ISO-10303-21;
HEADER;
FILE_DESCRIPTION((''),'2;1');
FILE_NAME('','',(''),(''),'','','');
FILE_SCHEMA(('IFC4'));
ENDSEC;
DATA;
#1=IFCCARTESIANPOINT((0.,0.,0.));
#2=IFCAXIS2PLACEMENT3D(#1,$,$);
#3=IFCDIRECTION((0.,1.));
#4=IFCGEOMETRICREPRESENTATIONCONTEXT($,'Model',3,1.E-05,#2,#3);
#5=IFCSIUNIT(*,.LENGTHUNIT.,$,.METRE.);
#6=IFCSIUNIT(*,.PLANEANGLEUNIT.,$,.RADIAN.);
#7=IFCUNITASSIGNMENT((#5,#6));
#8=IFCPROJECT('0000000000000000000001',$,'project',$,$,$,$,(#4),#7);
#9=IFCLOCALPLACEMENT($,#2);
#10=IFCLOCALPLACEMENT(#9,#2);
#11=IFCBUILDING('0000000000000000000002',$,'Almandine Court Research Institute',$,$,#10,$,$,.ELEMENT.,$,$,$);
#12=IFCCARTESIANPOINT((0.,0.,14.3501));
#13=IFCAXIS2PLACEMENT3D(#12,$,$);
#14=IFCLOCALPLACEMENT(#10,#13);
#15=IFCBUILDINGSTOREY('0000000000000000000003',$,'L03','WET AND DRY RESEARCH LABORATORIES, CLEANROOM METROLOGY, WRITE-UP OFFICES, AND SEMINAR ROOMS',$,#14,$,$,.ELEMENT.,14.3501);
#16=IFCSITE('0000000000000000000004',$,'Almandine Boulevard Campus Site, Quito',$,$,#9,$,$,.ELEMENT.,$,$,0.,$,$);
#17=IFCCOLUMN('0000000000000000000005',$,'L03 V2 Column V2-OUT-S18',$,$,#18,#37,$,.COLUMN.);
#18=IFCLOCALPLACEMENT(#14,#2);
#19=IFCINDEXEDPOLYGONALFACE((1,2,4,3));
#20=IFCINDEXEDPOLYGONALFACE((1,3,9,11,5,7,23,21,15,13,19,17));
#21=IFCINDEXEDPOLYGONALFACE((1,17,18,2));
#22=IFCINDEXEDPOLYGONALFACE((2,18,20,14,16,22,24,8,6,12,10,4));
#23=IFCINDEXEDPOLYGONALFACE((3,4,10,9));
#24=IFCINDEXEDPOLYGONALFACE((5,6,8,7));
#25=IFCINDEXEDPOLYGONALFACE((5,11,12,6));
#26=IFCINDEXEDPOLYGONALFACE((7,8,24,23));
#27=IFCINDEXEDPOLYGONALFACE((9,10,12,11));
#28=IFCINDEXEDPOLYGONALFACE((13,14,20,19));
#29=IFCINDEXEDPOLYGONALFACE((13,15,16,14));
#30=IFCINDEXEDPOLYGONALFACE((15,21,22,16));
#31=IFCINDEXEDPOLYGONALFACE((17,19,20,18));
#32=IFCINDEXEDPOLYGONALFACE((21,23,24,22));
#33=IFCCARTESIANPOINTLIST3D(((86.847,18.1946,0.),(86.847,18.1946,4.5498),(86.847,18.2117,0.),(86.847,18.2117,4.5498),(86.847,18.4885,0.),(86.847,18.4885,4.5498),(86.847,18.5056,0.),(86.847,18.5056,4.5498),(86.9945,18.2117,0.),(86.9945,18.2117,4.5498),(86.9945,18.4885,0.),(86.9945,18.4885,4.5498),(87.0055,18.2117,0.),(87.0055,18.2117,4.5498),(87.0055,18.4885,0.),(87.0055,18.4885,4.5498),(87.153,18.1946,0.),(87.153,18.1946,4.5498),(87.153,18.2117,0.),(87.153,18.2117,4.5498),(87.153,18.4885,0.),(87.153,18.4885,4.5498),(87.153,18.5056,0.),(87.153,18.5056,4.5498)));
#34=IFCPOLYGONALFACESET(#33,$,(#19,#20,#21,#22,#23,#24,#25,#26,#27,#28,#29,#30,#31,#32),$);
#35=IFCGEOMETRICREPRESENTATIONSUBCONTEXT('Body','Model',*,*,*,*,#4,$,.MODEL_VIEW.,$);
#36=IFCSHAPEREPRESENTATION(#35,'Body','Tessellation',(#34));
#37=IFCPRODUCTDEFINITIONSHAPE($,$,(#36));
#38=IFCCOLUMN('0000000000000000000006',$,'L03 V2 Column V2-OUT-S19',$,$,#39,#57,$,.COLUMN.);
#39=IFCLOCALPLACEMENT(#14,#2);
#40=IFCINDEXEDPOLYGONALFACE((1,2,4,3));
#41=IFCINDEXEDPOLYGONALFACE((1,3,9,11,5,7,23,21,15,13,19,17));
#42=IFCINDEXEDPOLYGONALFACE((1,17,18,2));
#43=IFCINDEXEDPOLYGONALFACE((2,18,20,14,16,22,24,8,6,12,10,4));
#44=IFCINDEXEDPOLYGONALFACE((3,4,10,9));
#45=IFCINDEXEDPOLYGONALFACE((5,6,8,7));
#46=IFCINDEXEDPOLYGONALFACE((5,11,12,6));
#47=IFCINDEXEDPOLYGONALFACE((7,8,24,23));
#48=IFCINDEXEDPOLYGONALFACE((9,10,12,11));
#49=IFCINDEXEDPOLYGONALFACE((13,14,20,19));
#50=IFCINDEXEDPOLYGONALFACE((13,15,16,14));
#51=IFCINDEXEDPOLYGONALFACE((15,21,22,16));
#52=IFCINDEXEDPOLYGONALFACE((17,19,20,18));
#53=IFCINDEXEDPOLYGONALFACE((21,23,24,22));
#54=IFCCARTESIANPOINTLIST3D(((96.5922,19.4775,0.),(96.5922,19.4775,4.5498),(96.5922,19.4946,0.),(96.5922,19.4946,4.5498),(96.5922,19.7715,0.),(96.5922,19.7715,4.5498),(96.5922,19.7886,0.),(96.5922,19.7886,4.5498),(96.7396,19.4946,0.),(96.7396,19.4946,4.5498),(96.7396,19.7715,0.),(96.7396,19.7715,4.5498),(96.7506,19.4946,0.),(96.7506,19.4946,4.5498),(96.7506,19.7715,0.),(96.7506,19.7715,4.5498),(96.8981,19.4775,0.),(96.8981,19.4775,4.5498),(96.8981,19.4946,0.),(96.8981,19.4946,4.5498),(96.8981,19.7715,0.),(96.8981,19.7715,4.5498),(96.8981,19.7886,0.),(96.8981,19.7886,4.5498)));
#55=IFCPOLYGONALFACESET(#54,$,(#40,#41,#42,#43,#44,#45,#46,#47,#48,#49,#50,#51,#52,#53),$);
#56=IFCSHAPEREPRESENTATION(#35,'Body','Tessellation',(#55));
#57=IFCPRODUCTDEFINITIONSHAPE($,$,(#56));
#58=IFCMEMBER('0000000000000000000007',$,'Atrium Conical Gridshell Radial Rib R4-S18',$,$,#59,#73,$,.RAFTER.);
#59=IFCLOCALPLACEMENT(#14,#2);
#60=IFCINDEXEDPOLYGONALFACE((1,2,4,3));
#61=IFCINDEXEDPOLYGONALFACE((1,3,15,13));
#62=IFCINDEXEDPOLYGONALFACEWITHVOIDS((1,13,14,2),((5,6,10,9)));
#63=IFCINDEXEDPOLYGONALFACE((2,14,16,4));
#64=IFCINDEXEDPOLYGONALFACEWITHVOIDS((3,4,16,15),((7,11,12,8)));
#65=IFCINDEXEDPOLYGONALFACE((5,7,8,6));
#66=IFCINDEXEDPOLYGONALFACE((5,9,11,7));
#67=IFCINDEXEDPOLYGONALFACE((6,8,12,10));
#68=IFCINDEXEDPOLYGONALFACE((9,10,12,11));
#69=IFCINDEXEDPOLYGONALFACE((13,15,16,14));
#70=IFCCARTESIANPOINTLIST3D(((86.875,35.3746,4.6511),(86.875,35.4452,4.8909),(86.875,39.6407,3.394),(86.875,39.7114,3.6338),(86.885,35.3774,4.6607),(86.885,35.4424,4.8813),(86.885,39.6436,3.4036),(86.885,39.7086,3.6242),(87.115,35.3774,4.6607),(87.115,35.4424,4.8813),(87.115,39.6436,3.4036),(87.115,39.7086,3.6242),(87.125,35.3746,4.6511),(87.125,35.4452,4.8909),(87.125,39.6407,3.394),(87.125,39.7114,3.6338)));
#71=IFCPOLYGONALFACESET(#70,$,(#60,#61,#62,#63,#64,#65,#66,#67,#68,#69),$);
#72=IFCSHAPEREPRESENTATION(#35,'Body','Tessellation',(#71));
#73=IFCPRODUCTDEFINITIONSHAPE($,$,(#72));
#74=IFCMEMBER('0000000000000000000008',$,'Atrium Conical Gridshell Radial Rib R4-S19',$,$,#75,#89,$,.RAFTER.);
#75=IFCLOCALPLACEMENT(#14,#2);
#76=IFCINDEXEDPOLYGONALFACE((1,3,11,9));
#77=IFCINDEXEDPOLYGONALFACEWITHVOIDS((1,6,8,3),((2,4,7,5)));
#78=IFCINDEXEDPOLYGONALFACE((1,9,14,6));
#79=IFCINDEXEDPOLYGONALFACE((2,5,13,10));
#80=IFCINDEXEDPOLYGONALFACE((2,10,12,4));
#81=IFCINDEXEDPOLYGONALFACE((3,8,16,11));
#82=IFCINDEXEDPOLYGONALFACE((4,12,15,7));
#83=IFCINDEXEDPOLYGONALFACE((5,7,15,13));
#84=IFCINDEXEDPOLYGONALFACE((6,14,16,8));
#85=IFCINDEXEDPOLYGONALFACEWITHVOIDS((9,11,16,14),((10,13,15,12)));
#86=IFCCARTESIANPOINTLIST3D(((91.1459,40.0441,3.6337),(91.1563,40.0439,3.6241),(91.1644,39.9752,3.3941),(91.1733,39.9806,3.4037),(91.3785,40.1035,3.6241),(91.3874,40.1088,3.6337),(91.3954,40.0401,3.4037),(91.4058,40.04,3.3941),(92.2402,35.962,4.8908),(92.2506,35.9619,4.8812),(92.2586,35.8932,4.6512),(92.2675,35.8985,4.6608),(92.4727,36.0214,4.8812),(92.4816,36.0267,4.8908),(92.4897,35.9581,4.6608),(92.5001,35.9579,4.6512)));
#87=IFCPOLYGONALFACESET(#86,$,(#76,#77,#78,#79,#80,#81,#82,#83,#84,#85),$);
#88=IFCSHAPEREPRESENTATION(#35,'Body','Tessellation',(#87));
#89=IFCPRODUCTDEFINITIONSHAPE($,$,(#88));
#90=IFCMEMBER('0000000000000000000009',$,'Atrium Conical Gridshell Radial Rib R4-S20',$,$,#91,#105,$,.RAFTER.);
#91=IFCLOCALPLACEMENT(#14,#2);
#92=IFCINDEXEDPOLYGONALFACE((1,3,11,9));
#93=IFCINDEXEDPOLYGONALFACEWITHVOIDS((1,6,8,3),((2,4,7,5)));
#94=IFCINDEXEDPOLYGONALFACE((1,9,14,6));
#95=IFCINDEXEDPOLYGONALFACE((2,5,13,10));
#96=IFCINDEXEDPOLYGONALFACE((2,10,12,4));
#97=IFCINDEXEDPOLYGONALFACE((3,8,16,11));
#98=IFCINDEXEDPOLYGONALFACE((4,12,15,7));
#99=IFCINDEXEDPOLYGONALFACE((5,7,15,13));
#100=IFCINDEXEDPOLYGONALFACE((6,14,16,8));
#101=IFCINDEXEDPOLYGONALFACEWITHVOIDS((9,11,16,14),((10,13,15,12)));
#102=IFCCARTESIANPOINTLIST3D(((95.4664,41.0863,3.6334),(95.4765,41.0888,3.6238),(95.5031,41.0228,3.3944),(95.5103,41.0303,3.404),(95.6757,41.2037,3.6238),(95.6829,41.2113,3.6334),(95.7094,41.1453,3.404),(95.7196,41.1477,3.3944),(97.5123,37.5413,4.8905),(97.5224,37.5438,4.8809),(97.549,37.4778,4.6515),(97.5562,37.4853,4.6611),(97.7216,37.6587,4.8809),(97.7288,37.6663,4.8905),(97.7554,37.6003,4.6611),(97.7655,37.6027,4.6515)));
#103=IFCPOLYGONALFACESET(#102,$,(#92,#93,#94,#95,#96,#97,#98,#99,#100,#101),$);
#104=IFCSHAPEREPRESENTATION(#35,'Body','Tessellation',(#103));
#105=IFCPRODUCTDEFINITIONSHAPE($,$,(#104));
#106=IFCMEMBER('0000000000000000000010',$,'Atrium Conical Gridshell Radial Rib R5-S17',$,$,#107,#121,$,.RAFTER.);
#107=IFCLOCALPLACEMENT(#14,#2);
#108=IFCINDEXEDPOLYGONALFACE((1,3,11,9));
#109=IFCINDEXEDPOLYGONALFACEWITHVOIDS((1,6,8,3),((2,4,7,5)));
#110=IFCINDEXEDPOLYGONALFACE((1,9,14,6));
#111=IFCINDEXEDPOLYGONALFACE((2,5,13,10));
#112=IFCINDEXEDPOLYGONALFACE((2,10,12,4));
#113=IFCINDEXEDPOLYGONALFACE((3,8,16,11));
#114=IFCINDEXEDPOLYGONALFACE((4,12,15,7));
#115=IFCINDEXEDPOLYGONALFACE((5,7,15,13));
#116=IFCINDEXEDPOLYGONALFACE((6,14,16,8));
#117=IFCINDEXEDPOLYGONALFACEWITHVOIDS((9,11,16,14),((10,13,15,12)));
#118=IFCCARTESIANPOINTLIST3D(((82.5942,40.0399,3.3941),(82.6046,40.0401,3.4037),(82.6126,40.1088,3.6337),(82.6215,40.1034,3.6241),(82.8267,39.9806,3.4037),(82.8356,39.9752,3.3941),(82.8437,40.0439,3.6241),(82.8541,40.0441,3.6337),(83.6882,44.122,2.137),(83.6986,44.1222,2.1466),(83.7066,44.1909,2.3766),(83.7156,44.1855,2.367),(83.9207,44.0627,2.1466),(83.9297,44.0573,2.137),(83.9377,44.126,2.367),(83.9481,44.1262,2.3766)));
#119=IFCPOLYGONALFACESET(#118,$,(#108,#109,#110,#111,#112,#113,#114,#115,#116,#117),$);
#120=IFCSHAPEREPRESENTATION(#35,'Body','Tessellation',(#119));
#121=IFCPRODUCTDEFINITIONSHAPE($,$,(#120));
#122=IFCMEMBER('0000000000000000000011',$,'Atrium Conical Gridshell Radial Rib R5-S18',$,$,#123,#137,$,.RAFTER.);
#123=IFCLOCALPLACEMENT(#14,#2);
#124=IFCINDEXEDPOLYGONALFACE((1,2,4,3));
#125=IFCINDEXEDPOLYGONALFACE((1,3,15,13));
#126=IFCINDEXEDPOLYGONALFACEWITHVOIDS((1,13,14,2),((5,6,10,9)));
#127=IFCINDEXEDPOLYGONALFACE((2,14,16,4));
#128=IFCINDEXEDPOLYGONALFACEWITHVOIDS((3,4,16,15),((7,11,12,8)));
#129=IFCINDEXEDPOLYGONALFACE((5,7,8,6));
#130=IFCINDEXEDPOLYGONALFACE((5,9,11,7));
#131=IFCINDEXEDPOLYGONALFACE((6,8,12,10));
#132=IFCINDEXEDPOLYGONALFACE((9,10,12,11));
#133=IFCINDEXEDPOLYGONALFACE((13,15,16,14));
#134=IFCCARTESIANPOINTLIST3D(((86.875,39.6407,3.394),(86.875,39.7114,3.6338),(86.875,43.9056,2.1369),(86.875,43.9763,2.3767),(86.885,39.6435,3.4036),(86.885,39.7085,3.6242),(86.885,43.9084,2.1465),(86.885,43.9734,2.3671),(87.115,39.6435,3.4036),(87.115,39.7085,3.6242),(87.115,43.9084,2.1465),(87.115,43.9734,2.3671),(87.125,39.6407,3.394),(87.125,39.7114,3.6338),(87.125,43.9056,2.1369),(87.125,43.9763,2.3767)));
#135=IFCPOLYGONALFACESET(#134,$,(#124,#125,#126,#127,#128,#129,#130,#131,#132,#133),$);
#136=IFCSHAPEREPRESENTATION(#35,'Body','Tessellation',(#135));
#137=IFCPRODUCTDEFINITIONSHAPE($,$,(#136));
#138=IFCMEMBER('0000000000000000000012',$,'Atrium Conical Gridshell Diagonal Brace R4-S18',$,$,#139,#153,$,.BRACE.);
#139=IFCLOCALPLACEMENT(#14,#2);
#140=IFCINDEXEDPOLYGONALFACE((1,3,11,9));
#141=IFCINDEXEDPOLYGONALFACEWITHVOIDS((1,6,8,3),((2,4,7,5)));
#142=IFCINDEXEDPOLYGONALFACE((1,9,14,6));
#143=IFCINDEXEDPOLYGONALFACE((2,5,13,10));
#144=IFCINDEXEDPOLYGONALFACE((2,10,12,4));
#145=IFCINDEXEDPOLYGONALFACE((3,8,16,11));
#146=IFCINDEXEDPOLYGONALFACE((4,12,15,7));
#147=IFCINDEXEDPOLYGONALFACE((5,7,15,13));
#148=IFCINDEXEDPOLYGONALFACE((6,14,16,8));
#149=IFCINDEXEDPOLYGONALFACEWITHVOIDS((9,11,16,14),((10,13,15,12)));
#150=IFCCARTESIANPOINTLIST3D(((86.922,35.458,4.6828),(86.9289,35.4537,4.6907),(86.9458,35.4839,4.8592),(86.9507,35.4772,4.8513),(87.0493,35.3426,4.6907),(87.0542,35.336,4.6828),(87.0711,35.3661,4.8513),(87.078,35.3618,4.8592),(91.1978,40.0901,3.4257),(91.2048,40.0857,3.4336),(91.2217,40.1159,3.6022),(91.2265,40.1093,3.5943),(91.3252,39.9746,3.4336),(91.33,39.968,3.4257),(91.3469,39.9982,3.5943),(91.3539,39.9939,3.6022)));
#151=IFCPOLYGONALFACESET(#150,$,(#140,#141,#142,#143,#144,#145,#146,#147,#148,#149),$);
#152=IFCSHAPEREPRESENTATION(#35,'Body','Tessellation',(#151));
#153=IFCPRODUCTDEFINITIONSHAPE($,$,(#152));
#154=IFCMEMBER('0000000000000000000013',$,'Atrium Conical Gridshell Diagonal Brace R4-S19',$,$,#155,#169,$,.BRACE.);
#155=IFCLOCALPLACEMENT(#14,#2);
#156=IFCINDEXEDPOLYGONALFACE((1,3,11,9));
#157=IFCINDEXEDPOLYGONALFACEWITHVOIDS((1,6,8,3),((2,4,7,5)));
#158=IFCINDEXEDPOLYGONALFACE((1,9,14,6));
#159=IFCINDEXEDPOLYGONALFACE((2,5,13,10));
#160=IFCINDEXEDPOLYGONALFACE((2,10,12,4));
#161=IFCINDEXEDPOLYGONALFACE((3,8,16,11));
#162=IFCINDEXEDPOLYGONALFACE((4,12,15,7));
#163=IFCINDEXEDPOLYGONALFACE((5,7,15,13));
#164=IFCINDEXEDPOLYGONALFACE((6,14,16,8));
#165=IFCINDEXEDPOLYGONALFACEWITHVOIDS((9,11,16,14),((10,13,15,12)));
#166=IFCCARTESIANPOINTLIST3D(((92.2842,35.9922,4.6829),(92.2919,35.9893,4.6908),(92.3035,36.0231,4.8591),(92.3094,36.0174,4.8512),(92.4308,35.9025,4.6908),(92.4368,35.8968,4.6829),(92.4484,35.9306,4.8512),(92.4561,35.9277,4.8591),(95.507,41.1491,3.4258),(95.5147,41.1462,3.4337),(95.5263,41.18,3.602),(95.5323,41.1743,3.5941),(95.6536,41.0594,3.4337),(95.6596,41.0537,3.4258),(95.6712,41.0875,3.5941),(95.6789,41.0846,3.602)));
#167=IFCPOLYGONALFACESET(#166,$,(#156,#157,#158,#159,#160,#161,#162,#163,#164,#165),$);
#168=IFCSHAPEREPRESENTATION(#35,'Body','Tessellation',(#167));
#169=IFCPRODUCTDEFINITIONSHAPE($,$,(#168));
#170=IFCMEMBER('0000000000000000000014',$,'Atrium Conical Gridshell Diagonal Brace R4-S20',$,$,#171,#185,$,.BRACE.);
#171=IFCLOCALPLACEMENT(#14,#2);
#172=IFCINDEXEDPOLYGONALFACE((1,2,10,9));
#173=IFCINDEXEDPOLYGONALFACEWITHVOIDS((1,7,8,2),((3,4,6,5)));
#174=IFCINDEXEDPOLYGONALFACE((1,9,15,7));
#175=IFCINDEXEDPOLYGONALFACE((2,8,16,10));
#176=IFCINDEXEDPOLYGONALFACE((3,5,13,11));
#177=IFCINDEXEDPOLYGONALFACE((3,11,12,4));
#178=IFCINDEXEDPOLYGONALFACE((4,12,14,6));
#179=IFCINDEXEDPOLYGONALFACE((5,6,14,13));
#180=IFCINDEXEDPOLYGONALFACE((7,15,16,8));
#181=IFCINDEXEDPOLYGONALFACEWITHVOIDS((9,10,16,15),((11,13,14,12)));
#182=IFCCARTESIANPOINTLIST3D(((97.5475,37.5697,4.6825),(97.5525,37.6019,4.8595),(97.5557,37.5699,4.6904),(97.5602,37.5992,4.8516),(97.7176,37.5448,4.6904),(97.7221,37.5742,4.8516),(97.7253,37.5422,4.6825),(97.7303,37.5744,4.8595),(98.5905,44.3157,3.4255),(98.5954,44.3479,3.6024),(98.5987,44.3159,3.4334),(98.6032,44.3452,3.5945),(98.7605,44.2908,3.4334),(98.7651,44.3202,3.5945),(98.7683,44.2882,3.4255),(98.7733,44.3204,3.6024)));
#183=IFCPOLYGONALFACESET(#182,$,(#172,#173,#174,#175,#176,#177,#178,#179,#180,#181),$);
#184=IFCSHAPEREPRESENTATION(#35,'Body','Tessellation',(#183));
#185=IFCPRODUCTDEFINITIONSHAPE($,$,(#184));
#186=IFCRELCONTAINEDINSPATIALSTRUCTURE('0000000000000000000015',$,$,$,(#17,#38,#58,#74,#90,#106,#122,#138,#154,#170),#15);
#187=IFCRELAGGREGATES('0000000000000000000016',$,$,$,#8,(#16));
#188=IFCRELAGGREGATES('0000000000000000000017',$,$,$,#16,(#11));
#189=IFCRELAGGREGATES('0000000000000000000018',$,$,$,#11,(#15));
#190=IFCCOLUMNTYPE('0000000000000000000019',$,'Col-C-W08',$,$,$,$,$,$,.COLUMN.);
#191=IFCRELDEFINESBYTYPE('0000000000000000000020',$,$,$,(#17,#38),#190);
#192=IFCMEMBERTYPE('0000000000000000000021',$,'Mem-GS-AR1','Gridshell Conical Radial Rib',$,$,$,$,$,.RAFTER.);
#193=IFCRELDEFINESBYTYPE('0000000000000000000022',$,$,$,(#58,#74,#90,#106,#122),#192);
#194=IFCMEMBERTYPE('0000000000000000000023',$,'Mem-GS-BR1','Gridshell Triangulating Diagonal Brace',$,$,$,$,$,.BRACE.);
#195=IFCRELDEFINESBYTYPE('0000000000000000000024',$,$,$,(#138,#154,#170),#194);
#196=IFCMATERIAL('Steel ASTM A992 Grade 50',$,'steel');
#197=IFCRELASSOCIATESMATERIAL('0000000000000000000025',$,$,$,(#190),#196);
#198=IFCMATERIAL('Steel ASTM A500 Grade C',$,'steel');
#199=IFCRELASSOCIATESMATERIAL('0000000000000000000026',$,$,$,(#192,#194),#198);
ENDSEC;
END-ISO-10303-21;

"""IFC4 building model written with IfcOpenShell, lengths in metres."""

from ifc_helpers import new_model, si_unit, direction, frame, origin, origin_2d, place, context, subcontext, project, spatial, hollow_rectangle, i_section, extrude, material, material_profile, profile_set, type_object, element, save


model = new_model("IFC4")

# Units and contexts
model_context = context("Model", 3, precision=1e-05, world=origin(), true_north=direction((0.0, 1.0)))
body_context = subcontext(model_context, "Body", "Model", "MODEL_VIEW")
ifc_project = project(units=[si_unit("LENGTHUNIT", "METRE"), si_unit("PLANEANGLEUNIT", "RADIAN")], contexts=[model_context])

# Site, building, storey
site_placement = place(None, origin())
site = spatial("IfcSite", under=ifc_project, at=site_placement, Name="Almandine Boulevard Campus Site, Quito", CompositionType="ELEMENT", RefElevation=0.0)
building_placement = place(site_placement, origin())
building = spatial("IfcBuilding", under=site, at=building_placement, Name="Almandine Court Research Institute", CompositionType="ELEMENT")
storey_placement = place(building_placement, frame((0.0, 0.0, 14.3501)))
storey = spatial("IfcBuildingStorey", under=building, at=storey_placement, Name="L03", Description="WET AND DRY RESEARCH LABORATORIES, CLEANROOM METROLOGY, WRITE-UP OFFICES, AND SEMINAR ROOMS", CompositionType="ELEMENT", Elevation=14.3501)

# Columns
ifc_material_1 = material(Name="Steel ASTM A992 Grade 50", Category="steel")
ifc_material_profile_1 = material_profile(ifc_material_1, i_section(OverallWidth=0.3059, OverallDepth=0.311, WebThickness=0.011, FlangeThickness=0.0171, at=origin_2d()), Name="W310x107")
ifc_profile_set_1 = profile_set([ifc_material_profile_1], Name="Steel ASTM A992 Grade 50")
column_type = type_object("IfcColumnType", Name="Col-C-W08", PredefinedType="COLUMN", material=ifc_profile_set_1)
for number, where, z_axis, x_axis, name in (
    (1, (87.0, 18.3501, 0.0), (0.0, 0.0, 1.0), (1.0, 0.0, 0.0), "L03 V2 Column V2-OUT-S18"),
    (2, (96.7451, 19.6331, 0.0), (0.0, 0.0, 1.0), (1.0, 0.0, 0.0), "L03 V2 Column V2-OUT-S19"),
):
    element("IfcColumn", number, at=place(storey_placement, frame(where, z_axis=z_axis, x_axis=x_axis)), inside=storey, type_object=column_type, Name=name, PredefinedType="COLUMN", context=body_context, shape_type="SweptSolid", body=[
        extrude(i_section(OverallWidth=0.3059, OverallDepth=0.311, WebThickness=0.011, FlangeThickness=0.0171, at=origin_2d()), origin(), (0.0, 0.0, 1.0), 4.5498),
    ])

# Members
ifc_material_2 = material(Name="Steel ASTM A500 Grade C", Category="steel")
ifc_material_profile_2 = material_profile(ifc_material_2, hollow_rectangle(XDim=0.25, YDim=0.25, WallThickness=0.01, at=origin_2d()), Name="HSS 250x250x10")
ifc_profile_set_2 = profile_set([ifc_material_profile_2], Name="Steel ASTM A500 Grade C")
member_type_1 = type_object("IfcMemberType", Name="Mem-GS-AR1", Description="Gridshell Conical Radial Rib", PredefinedType="RAFTER", material=ifc_profile_set_2)
member_1_placement = place(storey_placement, frame((87.0, 35.4099, 4.771), z_axis=(0.0, 0.959223, -0.282651), x_axis=(-1.0, 0.0, 0.0)))
element("IfcMember", 3, at=member_1_placement, inside=storey, type_object=member_type_1, Name="Atrium Conical Gridshell Radial Rib R4-S18", PredefinedType="RAFTER", context=body_context, shape_type="SweptSolid", body=[
    extrude(hollow_rectangle(XDim=0.25, YDim=0.25, WallThickness=0.01, at=origin_2d()), origin(), (0.0, 0.0, 1.0), 4.4475),
])
member_2_placement = place(storey_placement, frame((92.3701, 35.96, 4.771), z_axis=(-0.248175, 0.92581, -0.285107), x_axis=(-0.965899, -0.258921, 0.0)))
element("IfcMember", 4, at=member_2_placement, inside=storey, type_object=member_type_1, Name="Atrium Conical Gridshell Radial Rib R4-S19", PredefinedType="RAFTER", context=body_context, shape_type="SweptSolid", body=[
    extrude(hollow_rectangle(XDim=0.25, YDim=0.25, WallThickness=0.01, at=origin_2d()), origin(), (0.0, 0.0, 1.0), 4.4092),
])
member_3_placement = place(storey_placement, frame((97.6389, 37.572, 4.771), z_axis=(-0.477831, 0.827936, -0.293598), x_axis=(-0.866106, -0.49986, 0.0)))
element("IfcMember", 5, at=member_3_placement, inside=storey, type_object=member_type_1, Name="Atrium Conical Gridshell Radial Rib R4-S20", PredefinedType="RAFTER", context=body_context, shape_type="SweptSolid", body=[
    extrude(hollow_rectangle(XDim=0.25, YDim=0.25, WallThickness=0.01, at=origin_2d()), origin(), (0.0, 0.0, 1.0), 4.2817),
])
member_4_placement = place(storey_placement, frame((82.7241, 40.042, 3.5139), z_axis=(0.248123, 0.925822, -0.285111), x_axis=(-0.965913, 0.258867, 0.0)))
element("IfcMember", 6, at=member_4_placement, inside=storey, type_object=member_type_1, Name="Atrium Conical Gridshell Radial Rib R5-S17", PredefinedType="RAFTER", context=body_context, shape_type="SweptSolid", body=[
    extrude(hollow_rectangle(XDim=0.25, YDim=0.25, WallThickness=0.01, at=origin_2d()), origin(), (0.0, 0.0, 1.0), 4.4092),
])
member_5_placement = place(storey_placement, frame((87.0, 39.676, 3.5139), z_axis=(0.0, 0.959201, -0.282725), x_axis=(-1.0, 0.0, 0.0)))
element("IfcMember", 7, at=member_5_placement, inside=storey, type_object=member_type_1, Name="Atrium Conical Gridshell Radial Rib R5-S18", PredefinedType="RAFTER", context=body_context, shape_type="SweptSolid", body=[
    extrude(hollow_rectangle(XDim=0.25, YDim=0.25, WallThickness=0.01, at=origin_2d()), origin(), (0.0, 0.0, 1.0), 4.4463),
])
ifc_material_profile_3 = material_profile(ifc_material_2, hollow_rectangle(XDim=0.1799, YDim=0.1799, WallThickness=0.0081, at=origin_2d()), Name="HSS 180x180x8")
ifc_profile_set_3 = profile_set([ifc_material_profile_3], Name="Steel ASTM A500 Grade C")
member_type_2 = type_object("IfcMemberType", Name="Mem-GS-BR1", Description="Gridshell Triangulating Diagonal Brace", PredefinedType="BRACE", material=ifc_profile_set_3)
member_6_placement = place(storey_placement, frame((87.0, 35.4099, 4.771), z_axis=(0.665193, 0.720607, -0.195562), x_axis=(-0.734795, 0.67829, 0.0)))
element("IfcMember", 8, at=member_6_placement, inside=storey, type_object=member_type_2, Name="Atrium Conical Gridshell Diagonal Brace R4-S18", PredefinedType="BRACE", context=body_context, shape_type="SweptSolid", body=[
    extrude(hollow_rectangle(XDim=0.1799, YDim=0.1799, WallThickness=0.0081, at=origin_2d()), origin(), (0.0, 0.0, 1.0), 6.428),
])
member_7_placement = place(storey_placement, frame((92.3701, 35.96, 4.771), z_axis=(0.519001, 0.830457, -0.202434), x_axis=(-0.848014, 0.529974, 0.0)))
element("IfcMember", 9, at=member_7_placement, inside=storey, type_object=member_type_2, Name="Atrium Conical Gridshell Diagonal Brace R4-S19", PredefinedType="BRACE", context=body_context, shape_type="SweptSolid", body=[
    extrude(hollow_rectangle(XDim=0.1799, YDim=0.1799, WallThickness=0.0081, at=origin_2d()), origin(), (0.0, 0.0, 1.0), 6.2097),
])
member_8_placement = place(storey_placement, frame((97.6389, 37.572, 4.771), z_axis=(0.150262, 0.971916, -0.181109), x_axis=(-0.988259, 0.152788, 0.0)))
element("IfcMember", 10, at=member_8_placement, inside=storey, type_object=member_type_2, Name="Atrium Conical Gridshell Diagonal Brace R4-S20", PredefinedType="BRACE", context=body_context, shape_type="SweptSolid", body=[
    extrude(hollow_rectangle(XDim=0.1799, YDim=0.1799, WallThickness=0.0081, at=origin_2d()), origin(), (0.0, 0.0, 1.0), 6.9409),
])

save(model, "model.ifc")
